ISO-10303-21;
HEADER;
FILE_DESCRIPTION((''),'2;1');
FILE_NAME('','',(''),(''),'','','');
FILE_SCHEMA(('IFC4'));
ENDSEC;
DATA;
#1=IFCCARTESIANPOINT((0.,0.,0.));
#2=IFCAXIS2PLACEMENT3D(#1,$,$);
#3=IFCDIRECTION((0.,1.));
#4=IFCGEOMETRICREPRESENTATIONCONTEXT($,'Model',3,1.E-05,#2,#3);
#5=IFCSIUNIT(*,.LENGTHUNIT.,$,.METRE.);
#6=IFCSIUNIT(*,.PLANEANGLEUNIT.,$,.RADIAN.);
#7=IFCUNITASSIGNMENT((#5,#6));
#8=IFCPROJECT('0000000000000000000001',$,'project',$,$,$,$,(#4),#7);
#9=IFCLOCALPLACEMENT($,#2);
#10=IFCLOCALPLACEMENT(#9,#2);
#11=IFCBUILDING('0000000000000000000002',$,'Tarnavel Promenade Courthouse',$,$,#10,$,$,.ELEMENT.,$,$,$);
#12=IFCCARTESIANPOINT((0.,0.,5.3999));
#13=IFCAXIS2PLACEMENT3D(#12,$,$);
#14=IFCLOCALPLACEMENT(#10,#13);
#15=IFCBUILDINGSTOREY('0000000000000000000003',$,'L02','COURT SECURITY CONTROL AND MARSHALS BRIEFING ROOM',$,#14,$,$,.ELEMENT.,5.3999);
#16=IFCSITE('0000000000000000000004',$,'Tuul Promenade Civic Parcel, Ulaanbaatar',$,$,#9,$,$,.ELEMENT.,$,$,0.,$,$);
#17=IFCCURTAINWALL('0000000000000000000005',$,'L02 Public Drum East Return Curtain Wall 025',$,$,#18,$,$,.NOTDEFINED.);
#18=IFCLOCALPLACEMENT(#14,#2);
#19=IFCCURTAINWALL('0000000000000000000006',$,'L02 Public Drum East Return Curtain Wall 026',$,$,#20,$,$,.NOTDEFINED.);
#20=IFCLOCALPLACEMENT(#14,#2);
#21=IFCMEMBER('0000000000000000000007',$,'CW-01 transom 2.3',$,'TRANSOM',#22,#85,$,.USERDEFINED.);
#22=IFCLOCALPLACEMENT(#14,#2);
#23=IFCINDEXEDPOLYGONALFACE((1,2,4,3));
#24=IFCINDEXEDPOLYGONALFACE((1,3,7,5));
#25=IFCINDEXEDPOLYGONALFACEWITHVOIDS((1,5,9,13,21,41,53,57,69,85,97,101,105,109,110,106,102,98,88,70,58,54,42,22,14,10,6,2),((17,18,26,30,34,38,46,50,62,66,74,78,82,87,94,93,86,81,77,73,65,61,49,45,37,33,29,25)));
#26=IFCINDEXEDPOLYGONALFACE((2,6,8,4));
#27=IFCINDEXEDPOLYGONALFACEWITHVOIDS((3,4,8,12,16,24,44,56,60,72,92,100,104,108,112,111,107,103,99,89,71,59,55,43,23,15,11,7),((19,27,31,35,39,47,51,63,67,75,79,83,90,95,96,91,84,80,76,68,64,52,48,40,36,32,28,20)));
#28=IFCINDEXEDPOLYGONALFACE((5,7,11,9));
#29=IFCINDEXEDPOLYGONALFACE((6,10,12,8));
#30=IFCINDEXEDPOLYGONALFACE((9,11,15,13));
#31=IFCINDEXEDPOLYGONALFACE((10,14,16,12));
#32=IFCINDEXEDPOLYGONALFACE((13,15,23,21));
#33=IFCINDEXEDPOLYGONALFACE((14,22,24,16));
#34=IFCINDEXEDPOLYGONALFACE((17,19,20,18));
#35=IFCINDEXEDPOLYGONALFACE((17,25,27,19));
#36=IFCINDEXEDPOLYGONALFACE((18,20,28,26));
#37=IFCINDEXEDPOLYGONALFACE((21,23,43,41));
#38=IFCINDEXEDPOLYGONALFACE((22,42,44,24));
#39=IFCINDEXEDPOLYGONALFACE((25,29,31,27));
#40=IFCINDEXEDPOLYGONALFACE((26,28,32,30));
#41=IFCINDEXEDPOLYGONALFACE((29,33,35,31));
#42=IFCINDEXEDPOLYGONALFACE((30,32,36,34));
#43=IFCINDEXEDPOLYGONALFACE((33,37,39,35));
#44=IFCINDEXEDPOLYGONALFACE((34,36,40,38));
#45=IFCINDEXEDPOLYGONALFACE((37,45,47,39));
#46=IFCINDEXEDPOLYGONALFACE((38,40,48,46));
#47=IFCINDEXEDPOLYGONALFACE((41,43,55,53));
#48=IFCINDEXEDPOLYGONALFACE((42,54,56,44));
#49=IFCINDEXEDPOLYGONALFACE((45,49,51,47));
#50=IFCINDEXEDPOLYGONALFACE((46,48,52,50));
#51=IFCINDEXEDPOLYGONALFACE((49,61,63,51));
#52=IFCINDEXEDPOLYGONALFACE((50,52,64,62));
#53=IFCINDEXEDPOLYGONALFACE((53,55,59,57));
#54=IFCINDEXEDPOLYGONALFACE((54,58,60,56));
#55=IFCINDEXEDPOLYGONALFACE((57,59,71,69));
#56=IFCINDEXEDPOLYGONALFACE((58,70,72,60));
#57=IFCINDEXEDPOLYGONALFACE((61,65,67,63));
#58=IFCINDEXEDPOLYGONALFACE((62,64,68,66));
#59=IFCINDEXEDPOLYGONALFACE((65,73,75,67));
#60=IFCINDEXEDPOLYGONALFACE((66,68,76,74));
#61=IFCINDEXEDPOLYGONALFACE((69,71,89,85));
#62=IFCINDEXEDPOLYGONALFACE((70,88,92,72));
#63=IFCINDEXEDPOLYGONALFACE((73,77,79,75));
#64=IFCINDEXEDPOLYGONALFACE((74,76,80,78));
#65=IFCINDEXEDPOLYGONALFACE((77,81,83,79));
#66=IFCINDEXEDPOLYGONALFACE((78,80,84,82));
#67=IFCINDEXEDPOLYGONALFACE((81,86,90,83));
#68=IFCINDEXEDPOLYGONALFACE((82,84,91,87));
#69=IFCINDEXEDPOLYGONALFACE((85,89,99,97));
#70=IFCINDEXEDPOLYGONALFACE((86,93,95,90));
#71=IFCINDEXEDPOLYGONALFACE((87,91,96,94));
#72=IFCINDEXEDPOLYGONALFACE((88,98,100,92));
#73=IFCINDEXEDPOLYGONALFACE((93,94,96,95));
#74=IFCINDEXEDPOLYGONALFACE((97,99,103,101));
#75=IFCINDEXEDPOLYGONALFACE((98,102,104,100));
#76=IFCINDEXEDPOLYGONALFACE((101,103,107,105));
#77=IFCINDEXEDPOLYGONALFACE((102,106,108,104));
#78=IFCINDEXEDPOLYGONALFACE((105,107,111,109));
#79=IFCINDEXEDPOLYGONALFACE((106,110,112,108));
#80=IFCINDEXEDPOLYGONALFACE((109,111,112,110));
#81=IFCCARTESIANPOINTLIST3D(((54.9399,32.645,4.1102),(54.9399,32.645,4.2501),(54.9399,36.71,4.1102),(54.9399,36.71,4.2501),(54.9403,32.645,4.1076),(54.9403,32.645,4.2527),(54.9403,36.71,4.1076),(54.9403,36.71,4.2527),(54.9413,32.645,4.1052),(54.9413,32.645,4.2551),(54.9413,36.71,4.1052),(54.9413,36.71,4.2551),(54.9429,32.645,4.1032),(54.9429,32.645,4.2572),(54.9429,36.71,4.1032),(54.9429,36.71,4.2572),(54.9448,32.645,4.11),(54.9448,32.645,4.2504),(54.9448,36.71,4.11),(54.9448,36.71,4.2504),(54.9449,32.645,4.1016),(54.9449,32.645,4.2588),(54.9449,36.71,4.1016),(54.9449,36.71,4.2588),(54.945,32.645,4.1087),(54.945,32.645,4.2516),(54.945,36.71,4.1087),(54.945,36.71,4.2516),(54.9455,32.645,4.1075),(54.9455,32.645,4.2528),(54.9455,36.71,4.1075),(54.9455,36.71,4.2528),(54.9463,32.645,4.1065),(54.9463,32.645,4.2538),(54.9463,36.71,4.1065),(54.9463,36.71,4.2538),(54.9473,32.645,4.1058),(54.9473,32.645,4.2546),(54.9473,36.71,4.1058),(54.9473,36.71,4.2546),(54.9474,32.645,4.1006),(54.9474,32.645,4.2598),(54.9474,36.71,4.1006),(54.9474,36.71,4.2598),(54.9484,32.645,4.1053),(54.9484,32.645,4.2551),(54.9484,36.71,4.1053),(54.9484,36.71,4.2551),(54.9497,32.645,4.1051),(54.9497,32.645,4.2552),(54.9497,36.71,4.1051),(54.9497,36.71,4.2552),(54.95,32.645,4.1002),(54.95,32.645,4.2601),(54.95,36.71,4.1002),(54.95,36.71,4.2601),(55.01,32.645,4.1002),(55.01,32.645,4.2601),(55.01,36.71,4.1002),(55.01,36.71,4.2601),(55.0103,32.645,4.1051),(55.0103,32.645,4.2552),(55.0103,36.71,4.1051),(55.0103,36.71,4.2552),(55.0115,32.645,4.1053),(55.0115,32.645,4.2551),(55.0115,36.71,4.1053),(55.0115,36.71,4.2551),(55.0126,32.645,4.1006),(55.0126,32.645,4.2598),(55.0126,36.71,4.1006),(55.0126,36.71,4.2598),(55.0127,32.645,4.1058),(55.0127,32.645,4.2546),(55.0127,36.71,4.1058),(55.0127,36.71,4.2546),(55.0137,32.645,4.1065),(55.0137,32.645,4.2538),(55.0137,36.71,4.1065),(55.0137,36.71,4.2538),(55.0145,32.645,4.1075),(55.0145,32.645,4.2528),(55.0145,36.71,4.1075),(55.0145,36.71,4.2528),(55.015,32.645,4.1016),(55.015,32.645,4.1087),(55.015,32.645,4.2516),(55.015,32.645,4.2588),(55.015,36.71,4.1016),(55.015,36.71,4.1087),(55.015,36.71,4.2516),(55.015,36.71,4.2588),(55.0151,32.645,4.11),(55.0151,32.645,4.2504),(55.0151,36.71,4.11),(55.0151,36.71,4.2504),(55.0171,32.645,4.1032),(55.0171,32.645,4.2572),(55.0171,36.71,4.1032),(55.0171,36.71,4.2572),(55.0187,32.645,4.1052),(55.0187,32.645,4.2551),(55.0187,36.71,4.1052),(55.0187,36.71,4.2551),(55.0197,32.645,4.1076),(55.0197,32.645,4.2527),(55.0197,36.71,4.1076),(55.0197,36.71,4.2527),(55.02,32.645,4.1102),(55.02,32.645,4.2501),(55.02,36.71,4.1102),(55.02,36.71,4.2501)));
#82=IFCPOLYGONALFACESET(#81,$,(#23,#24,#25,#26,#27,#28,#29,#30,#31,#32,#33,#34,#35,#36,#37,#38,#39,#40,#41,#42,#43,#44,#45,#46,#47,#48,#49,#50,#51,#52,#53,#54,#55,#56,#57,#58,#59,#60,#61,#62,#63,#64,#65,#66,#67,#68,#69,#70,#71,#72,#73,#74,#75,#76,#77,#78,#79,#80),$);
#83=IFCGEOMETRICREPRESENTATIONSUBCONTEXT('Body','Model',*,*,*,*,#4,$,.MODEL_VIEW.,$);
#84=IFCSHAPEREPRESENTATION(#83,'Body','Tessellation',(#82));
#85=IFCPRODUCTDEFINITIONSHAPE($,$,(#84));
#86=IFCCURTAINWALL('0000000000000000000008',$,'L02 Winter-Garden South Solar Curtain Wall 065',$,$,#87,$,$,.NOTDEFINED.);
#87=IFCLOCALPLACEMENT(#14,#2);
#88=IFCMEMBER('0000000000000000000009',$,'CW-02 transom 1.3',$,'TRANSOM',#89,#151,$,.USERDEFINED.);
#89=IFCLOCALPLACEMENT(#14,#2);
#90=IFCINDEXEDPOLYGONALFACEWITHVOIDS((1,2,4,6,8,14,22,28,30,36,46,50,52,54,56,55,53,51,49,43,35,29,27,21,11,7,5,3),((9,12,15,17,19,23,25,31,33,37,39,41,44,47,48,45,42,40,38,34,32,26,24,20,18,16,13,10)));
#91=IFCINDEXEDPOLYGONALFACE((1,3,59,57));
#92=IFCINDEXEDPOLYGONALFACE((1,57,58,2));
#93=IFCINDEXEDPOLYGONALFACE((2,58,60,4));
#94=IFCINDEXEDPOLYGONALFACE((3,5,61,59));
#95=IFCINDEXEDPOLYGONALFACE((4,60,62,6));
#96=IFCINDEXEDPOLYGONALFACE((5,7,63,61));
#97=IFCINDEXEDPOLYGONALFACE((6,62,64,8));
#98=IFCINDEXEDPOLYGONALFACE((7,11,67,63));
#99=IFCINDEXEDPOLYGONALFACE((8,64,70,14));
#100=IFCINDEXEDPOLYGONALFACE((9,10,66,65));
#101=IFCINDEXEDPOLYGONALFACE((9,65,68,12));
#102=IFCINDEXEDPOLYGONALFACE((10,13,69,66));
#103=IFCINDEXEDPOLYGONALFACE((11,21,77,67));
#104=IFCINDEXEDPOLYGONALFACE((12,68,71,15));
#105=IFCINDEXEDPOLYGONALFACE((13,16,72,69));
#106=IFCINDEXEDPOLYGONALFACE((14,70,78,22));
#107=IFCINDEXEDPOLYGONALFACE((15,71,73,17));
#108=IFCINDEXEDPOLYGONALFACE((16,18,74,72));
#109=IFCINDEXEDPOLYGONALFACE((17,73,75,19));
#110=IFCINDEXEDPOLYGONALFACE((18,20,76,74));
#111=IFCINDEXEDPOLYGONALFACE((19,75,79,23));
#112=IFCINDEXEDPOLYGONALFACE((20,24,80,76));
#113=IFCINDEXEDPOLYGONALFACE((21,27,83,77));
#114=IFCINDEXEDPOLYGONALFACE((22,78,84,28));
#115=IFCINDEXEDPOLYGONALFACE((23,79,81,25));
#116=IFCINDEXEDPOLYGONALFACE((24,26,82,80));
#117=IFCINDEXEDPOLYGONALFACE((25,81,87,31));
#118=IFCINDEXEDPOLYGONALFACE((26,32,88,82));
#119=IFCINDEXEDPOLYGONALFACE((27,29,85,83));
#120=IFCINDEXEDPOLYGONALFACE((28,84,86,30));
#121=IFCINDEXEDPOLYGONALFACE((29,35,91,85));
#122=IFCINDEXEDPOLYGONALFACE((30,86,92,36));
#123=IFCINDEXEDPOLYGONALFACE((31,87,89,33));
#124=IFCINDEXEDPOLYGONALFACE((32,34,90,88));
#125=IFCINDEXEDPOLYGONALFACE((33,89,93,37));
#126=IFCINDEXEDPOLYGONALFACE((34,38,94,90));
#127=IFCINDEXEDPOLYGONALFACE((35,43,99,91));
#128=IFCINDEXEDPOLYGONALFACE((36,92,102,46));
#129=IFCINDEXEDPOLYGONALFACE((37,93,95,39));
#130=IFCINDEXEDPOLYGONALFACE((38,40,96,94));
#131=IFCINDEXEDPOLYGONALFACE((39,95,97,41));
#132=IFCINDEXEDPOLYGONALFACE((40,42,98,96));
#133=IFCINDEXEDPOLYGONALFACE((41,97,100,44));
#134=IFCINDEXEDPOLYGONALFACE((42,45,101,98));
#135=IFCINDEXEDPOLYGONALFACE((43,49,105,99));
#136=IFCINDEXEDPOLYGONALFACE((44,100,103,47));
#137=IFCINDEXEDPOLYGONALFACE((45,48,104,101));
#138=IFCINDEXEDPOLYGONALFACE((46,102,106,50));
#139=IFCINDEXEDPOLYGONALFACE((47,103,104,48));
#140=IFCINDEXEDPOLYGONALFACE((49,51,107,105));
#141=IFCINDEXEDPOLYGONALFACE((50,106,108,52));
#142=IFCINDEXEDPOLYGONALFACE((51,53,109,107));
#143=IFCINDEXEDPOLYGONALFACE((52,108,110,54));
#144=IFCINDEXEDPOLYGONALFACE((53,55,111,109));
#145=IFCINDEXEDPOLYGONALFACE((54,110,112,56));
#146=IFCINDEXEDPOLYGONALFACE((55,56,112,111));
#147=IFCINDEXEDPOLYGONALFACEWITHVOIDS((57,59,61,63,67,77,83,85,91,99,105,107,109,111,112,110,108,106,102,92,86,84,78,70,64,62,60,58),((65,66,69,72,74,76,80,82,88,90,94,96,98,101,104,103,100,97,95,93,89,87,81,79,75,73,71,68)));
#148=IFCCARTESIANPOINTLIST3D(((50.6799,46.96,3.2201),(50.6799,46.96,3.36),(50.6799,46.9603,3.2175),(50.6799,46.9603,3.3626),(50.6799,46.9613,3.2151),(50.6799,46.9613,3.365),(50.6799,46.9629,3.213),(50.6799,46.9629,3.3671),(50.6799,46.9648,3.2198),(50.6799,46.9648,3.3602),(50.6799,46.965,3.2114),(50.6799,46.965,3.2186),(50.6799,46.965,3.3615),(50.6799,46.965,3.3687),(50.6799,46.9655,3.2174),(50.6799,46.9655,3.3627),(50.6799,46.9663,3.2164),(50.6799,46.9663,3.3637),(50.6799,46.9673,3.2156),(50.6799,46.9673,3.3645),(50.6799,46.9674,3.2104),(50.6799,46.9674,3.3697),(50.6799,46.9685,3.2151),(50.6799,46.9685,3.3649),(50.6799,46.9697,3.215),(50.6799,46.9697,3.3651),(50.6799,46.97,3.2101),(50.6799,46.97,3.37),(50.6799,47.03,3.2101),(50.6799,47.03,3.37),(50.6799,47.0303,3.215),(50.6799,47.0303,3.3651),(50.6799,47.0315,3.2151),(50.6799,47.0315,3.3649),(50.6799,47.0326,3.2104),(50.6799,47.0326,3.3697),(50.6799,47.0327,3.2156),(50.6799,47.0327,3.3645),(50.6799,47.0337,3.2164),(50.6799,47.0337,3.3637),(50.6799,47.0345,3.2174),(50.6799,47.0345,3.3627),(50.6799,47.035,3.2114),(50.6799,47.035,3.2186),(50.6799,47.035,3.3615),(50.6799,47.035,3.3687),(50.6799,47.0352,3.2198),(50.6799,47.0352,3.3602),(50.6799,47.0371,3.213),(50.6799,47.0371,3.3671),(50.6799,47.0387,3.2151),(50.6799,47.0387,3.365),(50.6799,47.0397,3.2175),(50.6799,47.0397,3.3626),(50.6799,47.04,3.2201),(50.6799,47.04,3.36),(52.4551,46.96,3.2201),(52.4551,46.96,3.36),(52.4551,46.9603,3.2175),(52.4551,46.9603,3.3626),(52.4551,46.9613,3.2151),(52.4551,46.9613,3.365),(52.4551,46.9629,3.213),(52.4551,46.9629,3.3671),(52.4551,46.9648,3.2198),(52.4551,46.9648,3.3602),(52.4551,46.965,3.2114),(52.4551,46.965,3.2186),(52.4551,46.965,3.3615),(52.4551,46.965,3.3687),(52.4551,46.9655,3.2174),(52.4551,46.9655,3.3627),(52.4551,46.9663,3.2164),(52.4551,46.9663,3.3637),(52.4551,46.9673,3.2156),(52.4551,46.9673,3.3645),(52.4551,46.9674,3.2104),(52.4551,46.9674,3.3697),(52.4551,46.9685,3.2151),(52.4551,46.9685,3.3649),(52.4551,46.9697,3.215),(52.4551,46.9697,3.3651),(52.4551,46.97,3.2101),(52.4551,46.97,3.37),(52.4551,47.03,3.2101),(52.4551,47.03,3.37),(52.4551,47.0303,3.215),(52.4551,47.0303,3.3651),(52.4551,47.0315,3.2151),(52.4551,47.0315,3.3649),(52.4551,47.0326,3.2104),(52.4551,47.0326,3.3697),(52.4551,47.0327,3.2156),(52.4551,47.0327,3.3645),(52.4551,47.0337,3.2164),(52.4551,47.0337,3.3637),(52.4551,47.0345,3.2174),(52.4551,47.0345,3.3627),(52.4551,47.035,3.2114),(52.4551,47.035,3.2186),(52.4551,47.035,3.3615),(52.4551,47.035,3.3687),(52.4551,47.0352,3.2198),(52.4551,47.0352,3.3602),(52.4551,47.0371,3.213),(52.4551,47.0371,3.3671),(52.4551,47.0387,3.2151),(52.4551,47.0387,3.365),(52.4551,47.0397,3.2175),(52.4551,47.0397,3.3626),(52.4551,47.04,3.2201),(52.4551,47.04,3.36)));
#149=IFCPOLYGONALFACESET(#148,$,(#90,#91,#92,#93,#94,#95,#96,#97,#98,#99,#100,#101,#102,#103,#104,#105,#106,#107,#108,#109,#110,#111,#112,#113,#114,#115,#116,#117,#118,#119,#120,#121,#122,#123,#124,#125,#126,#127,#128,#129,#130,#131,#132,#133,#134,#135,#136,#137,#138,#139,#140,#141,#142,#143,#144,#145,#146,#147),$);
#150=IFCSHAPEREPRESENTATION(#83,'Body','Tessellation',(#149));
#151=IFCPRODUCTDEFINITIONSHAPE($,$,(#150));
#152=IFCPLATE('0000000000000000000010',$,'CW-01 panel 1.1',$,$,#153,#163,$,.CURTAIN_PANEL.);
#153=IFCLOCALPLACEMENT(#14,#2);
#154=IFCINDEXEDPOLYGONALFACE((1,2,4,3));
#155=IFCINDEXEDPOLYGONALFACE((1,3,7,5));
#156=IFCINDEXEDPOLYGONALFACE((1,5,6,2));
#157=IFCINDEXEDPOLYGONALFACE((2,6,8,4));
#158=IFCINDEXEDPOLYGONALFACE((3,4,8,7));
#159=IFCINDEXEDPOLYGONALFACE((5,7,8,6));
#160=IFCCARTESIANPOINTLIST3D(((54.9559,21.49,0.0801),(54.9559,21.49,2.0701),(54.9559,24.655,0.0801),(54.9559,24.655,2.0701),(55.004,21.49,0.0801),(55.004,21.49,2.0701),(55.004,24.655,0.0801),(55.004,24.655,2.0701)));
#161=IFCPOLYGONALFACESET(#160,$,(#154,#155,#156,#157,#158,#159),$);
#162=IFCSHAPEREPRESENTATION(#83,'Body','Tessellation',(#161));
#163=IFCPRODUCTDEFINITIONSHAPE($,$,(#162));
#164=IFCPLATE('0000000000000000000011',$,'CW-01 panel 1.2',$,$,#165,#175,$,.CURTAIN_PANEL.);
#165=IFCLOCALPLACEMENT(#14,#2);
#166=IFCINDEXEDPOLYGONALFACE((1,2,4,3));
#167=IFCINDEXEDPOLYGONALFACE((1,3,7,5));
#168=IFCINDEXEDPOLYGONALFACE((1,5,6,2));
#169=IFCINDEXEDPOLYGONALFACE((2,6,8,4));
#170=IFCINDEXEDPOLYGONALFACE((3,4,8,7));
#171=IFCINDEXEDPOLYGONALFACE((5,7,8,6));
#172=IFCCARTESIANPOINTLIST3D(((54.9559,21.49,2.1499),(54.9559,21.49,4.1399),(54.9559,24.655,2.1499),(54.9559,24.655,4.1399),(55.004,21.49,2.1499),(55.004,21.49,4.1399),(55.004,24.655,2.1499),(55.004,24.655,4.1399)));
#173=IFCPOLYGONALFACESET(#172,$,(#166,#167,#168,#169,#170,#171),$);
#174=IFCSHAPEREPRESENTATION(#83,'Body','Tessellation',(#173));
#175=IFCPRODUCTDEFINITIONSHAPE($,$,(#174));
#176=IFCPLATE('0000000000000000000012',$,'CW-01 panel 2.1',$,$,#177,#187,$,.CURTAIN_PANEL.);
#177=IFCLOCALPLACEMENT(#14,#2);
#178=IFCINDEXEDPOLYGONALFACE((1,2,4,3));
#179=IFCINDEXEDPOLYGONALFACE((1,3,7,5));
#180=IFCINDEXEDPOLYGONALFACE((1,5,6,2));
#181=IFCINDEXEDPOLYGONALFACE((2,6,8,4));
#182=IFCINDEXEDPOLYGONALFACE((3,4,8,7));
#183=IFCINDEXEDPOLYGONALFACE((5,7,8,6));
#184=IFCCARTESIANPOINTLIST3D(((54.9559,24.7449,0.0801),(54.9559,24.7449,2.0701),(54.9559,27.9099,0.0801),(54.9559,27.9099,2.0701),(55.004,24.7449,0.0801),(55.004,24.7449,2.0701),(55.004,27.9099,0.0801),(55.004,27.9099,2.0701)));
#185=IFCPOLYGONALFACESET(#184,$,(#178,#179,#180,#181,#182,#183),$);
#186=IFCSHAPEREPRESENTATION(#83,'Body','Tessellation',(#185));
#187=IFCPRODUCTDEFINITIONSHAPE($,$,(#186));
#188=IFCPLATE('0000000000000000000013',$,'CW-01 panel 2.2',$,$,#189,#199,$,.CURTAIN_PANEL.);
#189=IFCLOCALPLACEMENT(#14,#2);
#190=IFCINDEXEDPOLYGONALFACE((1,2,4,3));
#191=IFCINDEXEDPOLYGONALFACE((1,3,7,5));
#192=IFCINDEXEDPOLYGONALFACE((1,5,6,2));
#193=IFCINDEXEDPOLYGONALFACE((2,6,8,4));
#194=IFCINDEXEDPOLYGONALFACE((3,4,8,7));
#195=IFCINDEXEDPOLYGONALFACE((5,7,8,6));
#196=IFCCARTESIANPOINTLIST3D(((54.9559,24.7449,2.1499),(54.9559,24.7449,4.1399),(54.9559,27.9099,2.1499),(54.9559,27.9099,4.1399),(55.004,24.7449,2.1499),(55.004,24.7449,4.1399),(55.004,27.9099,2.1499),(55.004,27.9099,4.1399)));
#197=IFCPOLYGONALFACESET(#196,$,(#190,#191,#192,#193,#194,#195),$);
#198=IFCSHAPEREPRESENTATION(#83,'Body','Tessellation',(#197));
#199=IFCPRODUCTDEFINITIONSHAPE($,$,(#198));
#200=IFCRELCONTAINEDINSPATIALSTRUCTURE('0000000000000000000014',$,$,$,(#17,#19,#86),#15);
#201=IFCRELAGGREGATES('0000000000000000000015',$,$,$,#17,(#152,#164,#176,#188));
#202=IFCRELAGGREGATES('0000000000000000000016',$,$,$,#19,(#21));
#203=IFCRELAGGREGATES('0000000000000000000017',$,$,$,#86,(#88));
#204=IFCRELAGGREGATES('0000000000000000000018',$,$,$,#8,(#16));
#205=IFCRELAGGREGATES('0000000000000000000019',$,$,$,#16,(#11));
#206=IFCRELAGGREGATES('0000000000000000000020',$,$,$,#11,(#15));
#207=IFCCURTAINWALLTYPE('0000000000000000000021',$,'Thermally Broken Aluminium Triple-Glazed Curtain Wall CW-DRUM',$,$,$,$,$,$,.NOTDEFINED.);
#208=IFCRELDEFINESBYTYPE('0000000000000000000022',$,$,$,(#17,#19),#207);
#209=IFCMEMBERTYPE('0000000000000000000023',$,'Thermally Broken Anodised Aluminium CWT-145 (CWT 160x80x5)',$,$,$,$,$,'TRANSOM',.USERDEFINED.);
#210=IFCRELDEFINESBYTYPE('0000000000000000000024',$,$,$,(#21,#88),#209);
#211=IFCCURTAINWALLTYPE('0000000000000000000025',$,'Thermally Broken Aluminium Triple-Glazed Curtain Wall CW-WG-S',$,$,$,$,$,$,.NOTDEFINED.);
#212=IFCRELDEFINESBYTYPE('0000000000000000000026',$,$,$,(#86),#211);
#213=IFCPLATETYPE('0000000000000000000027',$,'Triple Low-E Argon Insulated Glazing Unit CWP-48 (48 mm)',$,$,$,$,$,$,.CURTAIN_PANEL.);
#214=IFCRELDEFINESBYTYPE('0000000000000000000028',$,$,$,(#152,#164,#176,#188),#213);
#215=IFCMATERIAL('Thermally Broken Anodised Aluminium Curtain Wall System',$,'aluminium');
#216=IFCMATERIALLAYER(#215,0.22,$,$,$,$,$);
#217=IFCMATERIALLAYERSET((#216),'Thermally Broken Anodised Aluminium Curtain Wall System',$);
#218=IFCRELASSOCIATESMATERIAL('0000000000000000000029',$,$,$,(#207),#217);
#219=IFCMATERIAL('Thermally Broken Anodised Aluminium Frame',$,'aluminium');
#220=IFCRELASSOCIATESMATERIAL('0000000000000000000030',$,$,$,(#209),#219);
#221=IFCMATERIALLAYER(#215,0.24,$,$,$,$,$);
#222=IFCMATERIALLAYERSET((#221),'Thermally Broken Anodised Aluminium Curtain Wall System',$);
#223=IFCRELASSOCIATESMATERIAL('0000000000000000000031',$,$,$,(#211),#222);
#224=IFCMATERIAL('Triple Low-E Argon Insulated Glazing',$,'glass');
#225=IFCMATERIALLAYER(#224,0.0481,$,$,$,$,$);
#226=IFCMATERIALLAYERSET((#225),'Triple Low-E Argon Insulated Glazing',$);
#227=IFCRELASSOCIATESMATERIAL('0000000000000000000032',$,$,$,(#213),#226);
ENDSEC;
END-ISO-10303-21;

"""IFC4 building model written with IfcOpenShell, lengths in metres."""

from ifc_helpers import new_model, si_unit, direction, frame, origin, origin_2d, place, context, subcontext, project, spatial, rectangle, hollow_rectangle, extrude, material, layer, layer_set, material_profile, profile_set, type_object, element, aggregate, save


model = new_model("IFC4")

# Units and contexts
model_context = context("Model", 3, precision=1e-05, world=origin(), true_north=direction((0.0, 1.0)))
body_context = subcontext(model_context, "Body", "Model", "MODEL_VIEW")
ifc_project = project(units=[si_unit("LENGTHUNIT", "METRE"), si_unit("PLANEANGLEUNIT", "RADIAN")], contexts=[model_context])

# Site, building, storey
site_placement = place(None, origin())
site = spatial("IfcSite", under=ifc_project, at=site_placement, Name="Tuul Promenade Civic Parcel, Ulaanbaatar", CompositionType="ELEMENT", RefElevation=0.0)
building_placement = place(site_placement, origin())
building = spatial("IfcBuilding", under=site, at=building_placement, Name="Tarnavel Promenade Courthouse", CompositionType="ELEMENT")
storey_placement = place(building_placement, frame((0.0, 0.0, 5.3999)))
storey = spatial("IfcBuildingStorey", under=building, at=storey_placement, Name="L02", Description="COURT SECURITY CONTROL AND MARSHALS BRIEFING ROOM", CompositionType="ELEMENT", Elevation=5.3999)

# Curtain walls
ifc_material_1 = material(Name="Thermally Broken Anodised Aluminium Curtain Wall System", Category="aluminium")
ifc_layer_1 = layer(ifc_material_1, 0.22)
ifc_layer_set_1 = layer_set([ifc_layer_1], Name="Thermally Broken Anodised Aluminium Curtain Wall System")
curtain_wall_type_1 = type_object("IfcCurtainWallType", Name="Thermally Broken Aluminium Triple-Glazed Curtain Wall CW-DRUM", PredefinedType="NOTDEFINED", material=ifc_layer_set_1)
curtain_wall_1_placement = place(storey_placement, origin())
curtain_wall_1 = element("IfcCurtainWall", 1, at=curtain_wall_1_placement, inside=storey, type_object=curtain_wall_type_1, Name="L02 Public Drum East Return Curtain Wall 025", PredefinedType="NOTDEFINED")
ifc_material_2 = material(Name="Thermally Broken Anodised Aluminium Frame", Category="aluminium")
curtain_wall_2_placement = place(storey_placement, origin())
curtain_wall_2 = element("IfcCurtainWall", 2, at=curtain_wall_2_placement, inside=storey, type_object=curtain_wall_type_1, Name="L02 Public Drum East Return Curtain Wall 026", PredefinedType="NOTDEFINED")

# Member
ifc_material_profile_1 = material_profile(ifc_material_2, hollow_rectangle(XDim=0.0801, YDim=0.1599, WallThickness=0.0049, InnerFilletRadius=0.0049, OuterFilletRadius=0.01, at=origin_2d()), Name="CWT 160x80x5")
ifc_profile_set_1 = profile_set([ifc_material_profile_1], Name="Thermally Broken Anodised Aluminium Frame")
member_type_1 = type_object("IfcMemberType", Name="Thermally Broken Anodised Aluminium CWT-145 (CWT 160x80x5)", ElementType="TRANSOM", PredefinedType="USERDEFINED", material=ifc_profile_set_1)
member_1_placement = place(storey_placement, frame((54.98, 32.645, 4.1802), z_axis=(0.0, 1.0, 0.0), x_axis=(-1.0, 0.0, 0.0)))
member_1 = element("IfcMember", 3, at=member_1_placement, type_object=member_type_1, Name="CW-01 transom 2.3", ObjectType="TRANSOM", PredefinedType="USERDEFINED", context=body_context, shape_type="SweptSolid", body=[
    extrude(hollow_rectangle(XDim=0.0801, YDim=0.1599, WallThickness=0.0049, InnerFilletRadius=0.0049, OuterFilletRadius=0.01, at=origin_2d()), origin(), (0.0, 0.0, 1.0), 4.0649),
])

# Curtain wall, member
ifc_layer_2 = layer(ifc_material_1, 0.24)
ifc_layer_set_2 = layer_set([ifc_layer_2], Name="Thermally Broken Anodised Aluminium Curtain Wall System")
curtain_wall_type_2 = type_object("IfcCurtainWallType", Name="Thermally Broken Aluminium Triple-Glazed Curtain Wall CW-WG-S", PredefinedType="NOTDEFINED", material=ifc_layer_set_2)
curtain_wall_3_placement = place(storey_placement, origin())
curtain_wall_3 = element("IfcCurtainWall", 4, at=curtain_wall_3_placement, inside=storey, type_object=curtain_wall_type_2, Name="L02 Winter-Garden South Solar Curtain Wall 065", PredefinedType="NOTDEFINED")
member_2_placement = place(storey_placement, frame((50.6799, 47.0, 3.29), z_axis=(1.0, 0.0, 0.0), x_axis=(0.0, 1.0, 0.0)))
member_2 = element("IfcMember", 5, at=member_2_placement, type_object=member_type_1, Name="CW-02 transom 1.3", ObjectType="TRANSOM", PredefinedType="USERDEFINED", context=body_context, shape_type="SweptSolid", body=[
    extrude(hollow_rectangle(XDim=0.0801, YDim=0.1599, WallThickness=0.0049, InnerFilletRadius=0.0049, OuterFilletRadius=0.01, at=origin_2d()), origin(), (0.0, 0.0, 1.0), 1.7751),
])

# Plates
ifc_material_3 = material(Name="Triple Low-E Argon Insulated Glazing", Category="glass")
ifc_layer_3 = layer(ifc_material_3, 0.0481)
ifc_layer_set_3 = layer_set([ifc_layer_3], Name="Triple Low-E Argon Insulated Glazing")
plate_type_1 = type_object("IfcPlateType", Name="Triple Low-E Argon Insulated Glazing Unit CWP-48 (48 mm)", PredefinedType="CURTAIN_PANEL", material=ifc_layer_set_3)
plate_1_placement = place(storey_placement, frame((54.98, 23.0725, 0.0801), z_axis=(0.0, 0.0, 1.0), x_axis=(0.0, 1.0, 0.0)))
plate_1 = element("IfcPlate", 6, at=plate_1_placement, type_object=plate_type_1, Name="CW-01 panel 1.1", PredefinedType="CURTAIN_PANEL", context=body_context, shape_type="SweptSolid", body=[
    extrude(rectangle(XDim=3.165, YDim=0.0481, at=origin_2d()), origin(), (0.0, 0.0, 1.0), 1.99),
])
plate_2_placement = place(storey_placement, frame((54.98, 23.0725, 2.1499), z_axis=(0.0, 0.0, 1.0), x_axis=(0.0, 1.0, 0.0)))
plate_2 = element("IfcPlate", 7, at=plate_2_placement, type_object=plate_type_1, Name="CW-01 panel 1.2", PredefinedType="CURTAIN_PANEL", context=body_context, shape_type="SweptSolid", body=[
    extrude(rectangle(XDim=3.165, YDim=0.0481, at=origin_2d()), origin(), (0.0, 0.0, 1.0), 1.99),
])
plate_3_placement = place(storey_placement, frame((54.98, 26.3274, 0.0801), z_axis=(0.0, 0.0, 1.0), x_axis=(0.0, 1.0, 0.0)))
plate_3 = element("IfcPlate", 8, at=plate_3_placement, type_object=plate_type_1, Name="CW-01 panel 2.1", PredefinedType="CURTAIN_PANEL", context=body_context, shape_type="SweptSolid", body=[
    extrude(rectangle(XDim=3.165, YDim=0.0481, at=origin_2d()), origin(), (0.0, 0.0, 1.0), 1.99),
])
plate_4_placement = place(storey_placement, frame((54.98, 26.3274, 2.1499), z_axis=(0.0, 0.0, 1.0), x_axis=(0.0, 1.0, 0.0)))
plate_4 = element("IfcPlate", 9, at=plate_4_placement, type_object=plate_type_1, Name="CW-01 panel 2.2", PredefinedType="CURTAIN_PANEL", context=body_context, shape_type="SweptSolid", body=[
    extrude(rectangle(XDim=3.165, YDim=0.0481, at=origin_2d()), origin(), (0.0, 0.0, 1.0), 1.99),
])
aggregate(curtain_wall_1, [plate_1, plate_2, plate_3, plate_4])
aggregate(curtain_wall_2, [member_1])
aggregate(curtain_wall_3, [member_2])

save(model, "model.ifc")
